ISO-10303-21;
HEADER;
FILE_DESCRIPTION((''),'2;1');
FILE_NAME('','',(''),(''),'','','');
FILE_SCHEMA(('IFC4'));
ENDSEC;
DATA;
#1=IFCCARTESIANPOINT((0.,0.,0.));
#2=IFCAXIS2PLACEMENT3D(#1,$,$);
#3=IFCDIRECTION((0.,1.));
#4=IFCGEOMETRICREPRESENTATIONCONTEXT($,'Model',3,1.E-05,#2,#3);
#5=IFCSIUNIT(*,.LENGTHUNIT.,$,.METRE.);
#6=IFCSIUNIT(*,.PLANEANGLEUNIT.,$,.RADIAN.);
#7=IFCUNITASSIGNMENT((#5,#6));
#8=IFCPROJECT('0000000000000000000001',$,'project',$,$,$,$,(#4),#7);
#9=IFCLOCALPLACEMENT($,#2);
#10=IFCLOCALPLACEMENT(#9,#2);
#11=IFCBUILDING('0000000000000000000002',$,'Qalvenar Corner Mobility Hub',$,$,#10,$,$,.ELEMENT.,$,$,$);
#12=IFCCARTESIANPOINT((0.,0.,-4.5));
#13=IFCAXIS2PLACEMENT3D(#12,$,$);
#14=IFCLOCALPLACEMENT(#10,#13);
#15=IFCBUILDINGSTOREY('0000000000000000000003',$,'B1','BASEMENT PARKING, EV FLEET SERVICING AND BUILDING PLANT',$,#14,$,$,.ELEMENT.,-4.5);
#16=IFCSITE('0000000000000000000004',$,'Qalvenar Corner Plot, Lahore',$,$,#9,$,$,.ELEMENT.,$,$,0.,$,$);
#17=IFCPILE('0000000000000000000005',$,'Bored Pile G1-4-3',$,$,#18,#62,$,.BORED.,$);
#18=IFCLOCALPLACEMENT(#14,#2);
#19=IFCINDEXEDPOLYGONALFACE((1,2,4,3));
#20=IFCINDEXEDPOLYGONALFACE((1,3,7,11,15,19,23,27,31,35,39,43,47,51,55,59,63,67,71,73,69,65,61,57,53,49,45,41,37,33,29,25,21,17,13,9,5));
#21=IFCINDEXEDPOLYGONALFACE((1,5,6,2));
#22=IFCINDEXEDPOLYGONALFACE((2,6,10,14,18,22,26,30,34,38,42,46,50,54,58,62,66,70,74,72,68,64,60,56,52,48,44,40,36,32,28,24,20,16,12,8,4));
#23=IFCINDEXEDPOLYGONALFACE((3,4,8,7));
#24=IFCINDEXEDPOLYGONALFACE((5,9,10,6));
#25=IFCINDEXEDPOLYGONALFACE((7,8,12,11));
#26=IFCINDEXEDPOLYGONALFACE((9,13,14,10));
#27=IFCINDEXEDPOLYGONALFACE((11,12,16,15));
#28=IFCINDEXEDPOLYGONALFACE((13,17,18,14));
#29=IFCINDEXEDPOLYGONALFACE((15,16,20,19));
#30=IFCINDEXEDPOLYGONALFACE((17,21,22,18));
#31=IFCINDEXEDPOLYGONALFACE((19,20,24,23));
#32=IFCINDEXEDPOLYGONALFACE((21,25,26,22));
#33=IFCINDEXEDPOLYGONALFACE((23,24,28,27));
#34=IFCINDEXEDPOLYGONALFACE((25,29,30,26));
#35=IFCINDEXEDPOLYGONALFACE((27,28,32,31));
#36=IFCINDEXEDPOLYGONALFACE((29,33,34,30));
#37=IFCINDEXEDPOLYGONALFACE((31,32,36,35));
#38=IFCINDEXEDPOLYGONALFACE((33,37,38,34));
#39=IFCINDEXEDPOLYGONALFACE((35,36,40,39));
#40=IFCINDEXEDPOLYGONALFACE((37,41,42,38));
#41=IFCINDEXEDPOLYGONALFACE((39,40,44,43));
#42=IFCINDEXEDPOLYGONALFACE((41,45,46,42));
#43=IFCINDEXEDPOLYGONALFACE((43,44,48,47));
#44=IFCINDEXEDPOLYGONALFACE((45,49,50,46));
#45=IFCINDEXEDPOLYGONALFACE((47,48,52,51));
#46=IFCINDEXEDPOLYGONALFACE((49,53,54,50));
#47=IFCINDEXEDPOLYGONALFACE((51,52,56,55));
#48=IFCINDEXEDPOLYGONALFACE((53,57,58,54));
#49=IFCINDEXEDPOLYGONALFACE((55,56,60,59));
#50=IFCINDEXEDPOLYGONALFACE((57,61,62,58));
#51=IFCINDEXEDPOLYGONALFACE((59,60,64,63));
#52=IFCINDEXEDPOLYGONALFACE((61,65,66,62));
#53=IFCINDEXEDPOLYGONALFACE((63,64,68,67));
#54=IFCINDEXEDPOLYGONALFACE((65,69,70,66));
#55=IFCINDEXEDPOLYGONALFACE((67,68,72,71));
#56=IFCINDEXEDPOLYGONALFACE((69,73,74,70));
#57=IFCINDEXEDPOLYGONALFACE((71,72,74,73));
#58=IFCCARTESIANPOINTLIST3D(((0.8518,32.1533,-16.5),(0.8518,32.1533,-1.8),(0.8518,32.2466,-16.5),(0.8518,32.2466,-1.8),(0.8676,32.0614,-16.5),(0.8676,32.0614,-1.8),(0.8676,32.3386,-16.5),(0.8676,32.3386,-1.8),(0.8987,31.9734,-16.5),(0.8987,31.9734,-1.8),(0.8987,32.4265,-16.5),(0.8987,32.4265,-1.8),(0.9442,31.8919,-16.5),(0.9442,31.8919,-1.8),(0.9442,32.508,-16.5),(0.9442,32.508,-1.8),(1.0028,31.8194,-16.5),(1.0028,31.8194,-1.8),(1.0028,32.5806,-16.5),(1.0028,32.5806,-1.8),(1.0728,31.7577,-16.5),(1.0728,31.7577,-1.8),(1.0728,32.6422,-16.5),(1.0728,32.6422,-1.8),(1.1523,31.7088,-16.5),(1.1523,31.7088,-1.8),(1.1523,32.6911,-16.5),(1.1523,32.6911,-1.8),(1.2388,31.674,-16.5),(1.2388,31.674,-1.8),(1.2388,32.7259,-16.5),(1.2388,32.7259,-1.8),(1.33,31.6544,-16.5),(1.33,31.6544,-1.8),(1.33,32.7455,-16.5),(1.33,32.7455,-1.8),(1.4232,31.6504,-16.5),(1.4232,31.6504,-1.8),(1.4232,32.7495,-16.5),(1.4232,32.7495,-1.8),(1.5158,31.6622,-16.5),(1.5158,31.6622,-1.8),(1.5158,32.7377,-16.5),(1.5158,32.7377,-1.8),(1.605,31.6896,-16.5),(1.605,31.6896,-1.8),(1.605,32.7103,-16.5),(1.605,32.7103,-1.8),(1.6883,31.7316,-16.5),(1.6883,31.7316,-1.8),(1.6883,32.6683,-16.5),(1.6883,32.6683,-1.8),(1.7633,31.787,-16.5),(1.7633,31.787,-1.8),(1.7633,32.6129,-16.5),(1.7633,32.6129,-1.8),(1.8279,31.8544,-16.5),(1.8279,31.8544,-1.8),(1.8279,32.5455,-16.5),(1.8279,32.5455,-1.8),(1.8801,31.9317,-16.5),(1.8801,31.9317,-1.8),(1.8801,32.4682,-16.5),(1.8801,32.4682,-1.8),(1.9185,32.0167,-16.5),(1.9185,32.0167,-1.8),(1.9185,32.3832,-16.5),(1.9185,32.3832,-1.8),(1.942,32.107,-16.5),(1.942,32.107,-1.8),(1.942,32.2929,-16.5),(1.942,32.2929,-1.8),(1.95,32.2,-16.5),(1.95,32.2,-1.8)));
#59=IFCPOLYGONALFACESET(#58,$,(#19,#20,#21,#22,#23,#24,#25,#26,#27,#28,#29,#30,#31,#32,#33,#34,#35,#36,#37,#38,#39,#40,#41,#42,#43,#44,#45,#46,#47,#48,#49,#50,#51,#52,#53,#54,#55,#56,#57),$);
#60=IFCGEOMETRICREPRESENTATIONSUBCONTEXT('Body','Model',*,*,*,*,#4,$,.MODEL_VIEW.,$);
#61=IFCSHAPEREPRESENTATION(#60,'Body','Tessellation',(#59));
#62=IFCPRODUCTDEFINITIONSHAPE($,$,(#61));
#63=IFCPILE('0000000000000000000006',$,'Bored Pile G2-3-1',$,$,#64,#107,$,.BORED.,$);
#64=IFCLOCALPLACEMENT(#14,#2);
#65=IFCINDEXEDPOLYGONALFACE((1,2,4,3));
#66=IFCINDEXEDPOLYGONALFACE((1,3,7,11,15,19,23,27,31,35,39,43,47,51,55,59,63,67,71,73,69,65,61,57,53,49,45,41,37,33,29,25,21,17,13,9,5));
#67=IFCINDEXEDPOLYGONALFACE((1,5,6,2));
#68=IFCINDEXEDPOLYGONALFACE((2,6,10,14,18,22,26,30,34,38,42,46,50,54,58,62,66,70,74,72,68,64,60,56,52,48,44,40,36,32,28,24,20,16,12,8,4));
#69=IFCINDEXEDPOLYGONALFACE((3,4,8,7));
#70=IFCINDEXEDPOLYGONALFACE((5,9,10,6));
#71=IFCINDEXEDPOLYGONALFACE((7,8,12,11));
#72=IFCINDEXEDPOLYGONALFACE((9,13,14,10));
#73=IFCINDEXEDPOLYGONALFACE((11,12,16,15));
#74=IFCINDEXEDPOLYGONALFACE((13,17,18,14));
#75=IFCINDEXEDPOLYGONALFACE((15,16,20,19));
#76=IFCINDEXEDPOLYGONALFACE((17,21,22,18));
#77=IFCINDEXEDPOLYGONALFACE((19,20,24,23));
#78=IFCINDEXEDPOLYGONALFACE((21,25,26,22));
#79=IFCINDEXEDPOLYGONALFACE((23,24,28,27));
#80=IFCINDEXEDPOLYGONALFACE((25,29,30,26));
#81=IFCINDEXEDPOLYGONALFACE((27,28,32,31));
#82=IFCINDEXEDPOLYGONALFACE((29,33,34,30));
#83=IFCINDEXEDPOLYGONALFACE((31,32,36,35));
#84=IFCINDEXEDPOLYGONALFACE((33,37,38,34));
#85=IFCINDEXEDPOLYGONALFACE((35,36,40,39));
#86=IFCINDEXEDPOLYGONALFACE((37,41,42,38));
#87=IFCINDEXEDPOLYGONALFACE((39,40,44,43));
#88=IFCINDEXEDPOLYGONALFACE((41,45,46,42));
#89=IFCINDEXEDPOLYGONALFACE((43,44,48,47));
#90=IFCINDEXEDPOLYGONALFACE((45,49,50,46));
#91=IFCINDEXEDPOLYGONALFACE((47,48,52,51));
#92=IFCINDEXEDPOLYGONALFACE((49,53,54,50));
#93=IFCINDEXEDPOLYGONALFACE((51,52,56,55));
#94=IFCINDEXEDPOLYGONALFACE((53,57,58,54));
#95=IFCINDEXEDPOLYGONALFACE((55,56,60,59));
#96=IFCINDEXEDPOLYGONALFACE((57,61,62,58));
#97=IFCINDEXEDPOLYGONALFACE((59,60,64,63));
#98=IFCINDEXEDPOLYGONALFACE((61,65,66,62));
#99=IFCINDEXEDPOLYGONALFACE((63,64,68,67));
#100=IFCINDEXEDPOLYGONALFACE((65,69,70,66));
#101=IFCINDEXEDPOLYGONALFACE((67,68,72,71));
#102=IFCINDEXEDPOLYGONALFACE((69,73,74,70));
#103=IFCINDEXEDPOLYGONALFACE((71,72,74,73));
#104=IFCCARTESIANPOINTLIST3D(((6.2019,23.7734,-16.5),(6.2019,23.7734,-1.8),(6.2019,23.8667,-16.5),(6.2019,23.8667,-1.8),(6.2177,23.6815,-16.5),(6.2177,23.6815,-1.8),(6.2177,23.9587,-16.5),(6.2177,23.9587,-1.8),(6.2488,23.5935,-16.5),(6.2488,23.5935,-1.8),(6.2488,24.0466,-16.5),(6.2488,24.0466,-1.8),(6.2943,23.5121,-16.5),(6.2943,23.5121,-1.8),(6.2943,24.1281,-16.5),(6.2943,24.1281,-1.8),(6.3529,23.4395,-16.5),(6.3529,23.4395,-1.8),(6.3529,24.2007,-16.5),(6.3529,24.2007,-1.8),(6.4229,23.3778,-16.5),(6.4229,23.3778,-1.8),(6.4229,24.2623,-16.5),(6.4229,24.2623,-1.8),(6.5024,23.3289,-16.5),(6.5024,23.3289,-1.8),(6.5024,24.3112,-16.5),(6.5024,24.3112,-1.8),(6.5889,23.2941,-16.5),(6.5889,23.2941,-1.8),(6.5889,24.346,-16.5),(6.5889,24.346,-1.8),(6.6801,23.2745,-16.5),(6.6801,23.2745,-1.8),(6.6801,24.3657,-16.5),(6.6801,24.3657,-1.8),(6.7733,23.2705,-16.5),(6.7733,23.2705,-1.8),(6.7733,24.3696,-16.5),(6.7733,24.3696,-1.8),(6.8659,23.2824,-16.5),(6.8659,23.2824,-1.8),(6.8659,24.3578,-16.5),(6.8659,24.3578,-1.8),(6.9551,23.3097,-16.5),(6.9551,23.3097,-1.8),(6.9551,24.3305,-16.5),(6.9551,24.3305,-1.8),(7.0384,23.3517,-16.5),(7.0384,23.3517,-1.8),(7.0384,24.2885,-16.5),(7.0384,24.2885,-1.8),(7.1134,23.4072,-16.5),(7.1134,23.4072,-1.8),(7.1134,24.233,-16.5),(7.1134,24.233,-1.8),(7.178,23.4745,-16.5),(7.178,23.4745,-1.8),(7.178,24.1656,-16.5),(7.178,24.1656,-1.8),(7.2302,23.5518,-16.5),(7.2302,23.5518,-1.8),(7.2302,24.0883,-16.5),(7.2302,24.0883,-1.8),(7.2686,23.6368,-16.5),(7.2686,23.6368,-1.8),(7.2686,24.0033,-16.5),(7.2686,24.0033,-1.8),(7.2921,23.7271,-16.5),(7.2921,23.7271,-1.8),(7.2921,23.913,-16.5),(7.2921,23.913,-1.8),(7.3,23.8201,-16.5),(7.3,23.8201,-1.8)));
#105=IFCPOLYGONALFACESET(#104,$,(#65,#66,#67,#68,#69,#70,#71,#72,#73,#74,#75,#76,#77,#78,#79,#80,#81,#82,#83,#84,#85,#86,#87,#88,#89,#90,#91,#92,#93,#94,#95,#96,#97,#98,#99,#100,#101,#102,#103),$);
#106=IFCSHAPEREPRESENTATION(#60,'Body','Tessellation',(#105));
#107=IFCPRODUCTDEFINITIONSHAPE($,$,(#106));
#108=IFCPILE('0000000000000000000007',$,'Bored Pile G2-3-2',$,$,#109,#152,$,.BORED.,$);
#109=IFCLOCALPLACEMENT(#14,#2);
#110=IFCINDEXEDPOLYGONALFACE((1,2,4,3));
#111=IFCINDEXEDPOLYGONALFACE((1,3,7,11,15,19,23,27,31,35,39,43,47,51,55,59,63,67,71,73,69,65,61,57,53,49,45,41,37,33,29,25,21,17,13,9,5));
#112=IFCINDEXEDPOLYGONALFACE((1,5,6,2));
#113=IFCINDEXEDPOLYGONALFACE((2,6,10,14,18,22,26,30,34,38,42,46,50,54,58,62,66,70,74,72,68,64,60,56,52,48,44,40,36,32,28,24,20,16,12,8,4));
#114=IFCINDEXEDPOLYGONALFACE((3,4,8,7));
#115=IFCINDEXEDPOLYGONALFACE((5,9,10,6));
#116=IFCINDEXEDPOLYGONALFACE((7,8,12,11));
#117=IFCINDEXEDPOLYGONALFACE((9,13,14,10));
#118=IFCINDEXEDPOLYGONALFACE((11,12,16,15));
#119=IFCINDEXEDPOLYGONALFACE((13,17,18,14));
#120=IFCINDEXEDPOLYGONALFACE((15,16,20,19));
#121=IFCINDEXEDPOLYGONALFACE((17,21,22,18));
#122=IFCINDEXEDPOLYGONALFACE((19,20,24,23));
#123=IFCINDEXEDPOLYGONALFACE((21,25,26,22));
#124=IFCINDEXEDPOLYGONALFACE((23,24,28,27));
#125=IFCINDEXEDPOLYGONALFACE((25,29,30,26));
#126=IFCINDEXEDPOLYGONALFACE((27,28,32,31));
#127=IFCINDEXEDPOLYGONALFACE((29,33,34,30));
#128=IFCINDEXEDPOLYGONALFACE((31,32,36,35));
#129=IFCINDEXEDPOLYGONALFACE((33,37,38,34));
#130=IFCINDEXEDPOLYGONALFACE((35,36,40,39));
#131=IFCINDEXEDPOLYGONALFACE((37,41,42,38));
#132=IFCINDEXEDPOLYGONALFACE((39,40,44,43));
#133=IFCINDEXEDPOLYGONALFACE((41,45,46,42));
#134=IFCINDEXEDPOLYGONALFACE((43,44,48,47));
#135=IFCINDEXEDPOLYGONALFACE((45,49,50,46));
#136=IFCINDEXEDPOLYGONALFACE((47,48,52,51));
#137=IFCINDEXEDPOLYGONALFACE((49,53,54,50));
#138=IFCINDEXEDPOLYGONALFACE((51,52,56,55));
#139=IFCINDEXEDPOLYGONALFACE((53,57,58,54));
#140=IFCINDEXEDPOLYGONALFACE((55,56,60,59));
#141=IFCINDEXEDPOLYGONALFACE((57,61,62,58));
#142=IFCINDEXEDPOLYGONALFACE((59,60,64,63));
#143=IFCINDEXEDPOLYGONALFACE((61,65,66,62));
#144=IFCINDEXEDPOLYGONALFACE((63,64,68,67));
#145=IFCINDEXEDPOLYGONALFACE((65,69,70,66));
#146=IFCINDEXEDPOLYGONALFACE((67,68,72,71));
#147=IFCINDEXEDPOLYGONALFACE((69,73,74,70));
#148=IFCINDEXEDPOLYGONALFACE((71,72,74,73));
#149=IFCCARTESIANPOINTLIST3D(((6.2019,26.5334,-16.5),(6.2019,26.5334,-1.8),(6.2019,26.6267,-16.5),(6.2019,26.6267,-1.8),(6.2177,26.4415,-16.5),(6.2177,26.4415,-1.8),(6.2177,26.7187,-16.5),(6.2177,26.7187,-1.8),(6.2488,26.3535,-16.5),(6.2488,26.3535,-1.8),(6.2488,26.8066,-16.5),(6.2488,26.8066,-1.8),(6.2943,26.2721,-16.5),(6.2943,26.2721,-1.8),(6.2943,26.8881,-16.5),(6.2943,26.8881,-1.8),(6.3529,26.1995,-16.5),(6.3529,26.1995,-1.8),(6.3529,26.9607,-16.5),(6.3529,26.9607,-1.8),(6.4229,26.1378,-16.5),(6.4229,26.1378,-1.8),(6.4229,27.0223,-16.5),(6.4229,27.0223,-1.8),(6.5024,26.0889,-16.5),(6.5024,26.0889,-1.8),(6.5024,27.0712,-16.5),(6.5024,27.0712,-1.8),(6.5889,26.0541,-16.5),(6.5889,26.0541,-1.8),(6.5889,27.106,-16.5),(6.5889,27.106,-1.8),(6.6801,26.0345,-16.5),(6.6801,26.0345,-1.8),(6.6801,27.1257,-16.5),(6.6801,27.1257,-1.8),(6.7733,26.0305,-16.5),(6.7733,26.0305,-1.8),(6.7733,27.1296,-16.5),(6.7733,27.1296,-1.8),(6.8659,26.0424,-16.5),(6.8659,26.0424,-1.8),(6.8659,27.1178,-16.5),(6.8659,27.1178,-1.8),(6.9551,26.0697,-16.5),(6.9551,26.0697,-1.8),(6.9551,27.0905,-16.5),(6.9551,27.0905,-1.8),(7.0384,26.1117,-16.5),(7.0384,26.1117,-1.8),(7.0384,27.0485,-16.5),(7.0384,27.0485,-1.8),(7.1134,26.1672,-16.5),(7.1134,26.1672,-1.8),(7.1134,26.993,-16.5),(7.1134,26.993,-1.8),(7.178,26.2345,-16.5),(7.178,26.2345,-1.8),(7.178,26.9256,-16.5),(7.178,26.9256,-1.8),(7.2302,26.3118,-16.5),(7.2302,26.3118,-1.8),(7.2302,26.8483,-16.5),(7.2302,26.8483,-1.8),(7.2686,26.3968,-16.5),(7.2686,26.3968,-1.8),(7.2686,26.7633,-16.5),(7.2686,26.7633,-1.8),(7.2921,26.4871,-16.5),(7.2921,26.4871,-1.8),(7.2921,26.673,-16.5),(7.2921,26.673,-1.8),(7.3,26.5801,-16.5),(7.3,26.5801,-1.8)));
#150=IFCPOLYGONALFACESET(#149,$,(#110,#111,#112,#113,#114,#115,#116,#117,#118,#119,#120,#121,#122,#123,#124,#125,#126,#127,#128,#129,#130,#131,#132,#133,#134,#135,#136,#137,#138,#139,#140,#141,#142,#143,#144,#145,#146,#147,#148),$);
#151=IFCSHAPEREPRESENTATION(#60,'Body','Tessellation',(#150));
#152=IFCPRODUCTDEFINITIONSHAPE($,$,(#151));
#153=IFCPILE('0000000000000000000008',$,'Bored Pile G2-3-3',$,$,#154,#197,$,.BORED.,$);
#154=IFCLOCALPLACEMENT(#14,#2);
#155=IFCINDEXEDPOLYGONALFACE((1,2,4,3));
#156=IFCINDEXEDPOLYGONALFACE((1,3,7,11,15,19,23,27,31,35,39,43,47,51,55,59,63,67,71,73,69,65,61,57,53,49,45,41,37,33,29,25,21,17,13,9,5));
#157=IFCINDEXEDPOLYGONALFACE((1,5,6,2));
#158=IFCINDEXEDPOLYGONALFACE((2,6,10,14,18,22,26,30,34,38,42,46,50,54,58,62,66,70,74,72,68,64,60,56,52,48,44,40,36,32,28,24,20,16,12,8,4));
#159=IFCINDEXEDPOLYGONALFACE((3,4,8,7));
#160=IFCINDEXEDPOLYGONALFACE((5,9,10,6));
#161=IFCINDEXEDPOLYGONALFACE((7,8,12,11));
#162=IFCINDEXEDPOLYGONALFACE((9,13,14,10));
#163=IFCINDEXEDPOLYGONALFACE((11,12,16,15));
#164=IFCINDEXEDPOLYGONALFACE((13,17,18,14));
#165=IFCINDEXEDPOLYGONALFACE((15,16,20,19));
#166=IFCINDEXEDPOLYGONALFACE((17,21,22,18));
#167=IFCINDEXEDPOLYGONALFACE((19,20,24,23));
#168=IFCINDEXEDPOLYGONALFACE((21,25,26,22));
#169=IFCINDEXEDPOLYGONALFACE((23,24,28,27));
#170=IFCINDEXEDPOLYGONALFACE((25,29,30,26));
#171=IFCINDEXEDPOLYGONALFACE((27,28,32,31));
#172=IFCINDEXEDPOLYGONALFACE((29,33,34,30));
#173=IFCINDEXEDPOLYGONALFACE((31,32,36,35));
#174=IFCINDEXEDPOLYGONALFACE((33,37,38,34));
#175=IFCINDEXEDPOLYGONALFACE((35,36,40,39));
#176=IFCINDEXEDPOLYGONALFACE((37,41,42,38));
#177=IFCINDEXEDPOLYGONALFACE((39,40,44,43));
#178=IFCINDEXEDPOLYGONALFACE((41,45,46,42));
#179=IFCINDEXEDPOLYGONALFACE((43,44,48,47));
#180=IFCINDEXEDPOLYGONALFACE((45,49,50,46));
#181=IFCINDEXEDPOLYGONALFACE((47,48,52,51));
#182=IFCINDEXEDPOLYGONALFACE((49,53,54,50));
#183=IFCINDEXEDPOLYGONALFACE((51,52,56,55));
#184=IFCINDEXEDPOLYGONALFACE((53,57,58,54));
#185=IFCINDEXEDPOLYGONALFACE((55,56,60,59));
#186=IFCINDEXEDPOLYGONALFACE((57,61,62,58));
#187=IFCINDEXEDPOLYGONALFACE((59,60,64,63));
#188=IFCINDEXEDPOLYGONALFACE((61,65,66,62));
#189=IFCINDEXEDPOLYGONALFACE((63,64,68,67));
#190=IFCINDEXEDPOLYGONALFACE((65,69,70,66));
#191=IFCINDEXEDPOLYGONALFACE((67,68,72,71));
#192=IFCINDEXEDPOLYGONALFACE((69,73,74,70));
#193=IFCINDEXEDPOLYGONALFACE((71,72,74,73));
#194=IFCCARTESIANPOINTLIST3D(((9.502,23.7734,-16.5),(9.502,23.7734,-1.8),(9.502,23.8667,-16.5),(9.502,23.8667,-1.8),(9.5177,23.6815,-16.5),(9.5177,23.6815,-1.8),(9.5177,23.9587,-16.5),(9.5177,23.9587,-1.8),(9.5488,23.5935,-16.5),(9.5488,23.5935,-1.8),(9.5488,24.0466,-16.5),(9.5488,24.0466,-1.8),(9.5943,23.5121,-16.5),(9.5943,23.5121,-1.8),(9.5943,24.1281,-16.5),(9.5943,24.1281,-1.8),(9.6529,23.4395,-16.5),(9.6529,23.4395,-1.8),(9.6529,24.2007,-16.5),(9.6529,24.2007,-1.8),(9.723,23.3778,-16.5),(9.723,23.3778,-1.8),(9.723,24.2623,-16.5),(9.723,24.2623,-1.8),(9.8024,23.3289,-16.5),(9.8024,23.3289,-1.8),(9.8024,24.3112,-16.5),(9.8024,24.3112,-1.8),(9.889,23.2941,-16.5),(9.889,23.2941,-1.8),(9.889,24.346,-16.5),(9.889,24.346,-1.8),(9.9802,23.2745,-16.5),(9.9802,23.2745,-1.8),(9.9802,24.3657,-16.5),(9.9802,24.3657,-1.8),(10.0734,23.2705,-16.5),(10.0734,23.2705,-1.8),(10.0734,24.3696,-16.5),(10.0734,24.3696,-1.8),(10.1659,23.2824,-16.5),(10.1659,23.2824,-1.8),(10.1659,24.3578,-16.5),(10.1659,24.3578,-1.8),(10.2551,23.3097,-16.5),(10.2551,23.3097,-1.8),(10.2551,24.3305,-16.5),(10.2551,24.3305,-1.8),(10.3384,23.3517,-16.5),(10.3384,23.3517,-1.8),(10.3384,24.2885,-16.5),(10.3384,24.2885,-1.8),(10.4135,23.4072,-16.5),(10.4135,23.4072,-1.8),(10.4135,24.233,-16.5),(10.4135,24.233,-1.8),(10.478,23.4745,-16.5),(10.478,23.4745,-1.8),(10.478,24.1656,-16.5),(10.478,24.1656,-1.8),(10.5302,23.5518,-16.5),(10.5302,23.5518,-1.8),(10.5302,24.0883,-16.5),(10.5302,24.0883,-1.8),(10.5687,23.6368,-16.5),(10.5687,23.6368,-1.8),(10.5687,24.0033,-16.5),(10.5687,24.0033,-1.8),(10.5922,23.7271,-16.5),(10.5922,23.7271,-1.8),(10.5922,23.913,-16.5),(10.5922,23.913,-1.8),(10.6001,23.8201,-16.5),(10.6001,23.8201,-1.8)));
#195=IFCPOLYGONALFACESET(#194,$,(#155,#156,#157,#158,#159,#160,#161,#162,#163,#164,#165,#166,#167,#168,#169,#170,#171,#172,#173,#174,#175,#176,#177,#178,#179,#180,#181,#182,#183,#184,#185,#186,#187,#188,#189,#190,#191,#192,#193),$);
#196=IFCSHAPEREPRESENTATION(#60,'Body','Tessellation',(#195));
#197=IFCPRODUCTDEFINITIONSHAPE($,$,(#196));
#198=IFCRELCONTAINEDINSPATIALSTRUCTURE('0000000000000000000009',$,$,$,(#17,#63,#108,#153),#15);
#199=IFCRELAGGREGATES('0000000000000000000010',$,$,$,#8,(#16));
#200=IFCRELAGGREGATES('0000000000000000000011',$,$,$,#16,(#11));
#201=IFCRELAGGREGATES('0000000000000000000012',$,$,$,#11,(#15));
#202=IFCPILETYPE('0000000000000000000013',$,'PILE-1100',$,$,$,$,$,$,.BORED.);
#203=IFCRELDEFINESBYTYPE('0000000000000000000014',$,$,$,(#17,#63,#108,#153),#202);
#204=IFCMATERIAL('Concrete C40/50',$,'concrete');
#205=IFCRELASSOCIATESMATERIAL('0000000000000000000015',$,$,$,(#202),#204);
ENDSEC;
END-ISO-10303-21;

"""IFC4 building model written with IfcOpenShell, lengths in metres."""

from ifc_helpers import new_model, si_unit, direction, frame, origin, origin_2d, place, context, subcontext, project, spatial, circle, extrude, material, material_profile, profile_set, type_object, element, save


model = new_model("IFC4")

# Units and contexts
model_context = context("Model", 3, precision=1e-05, world=origin(), true_north=direction((0.0, 1.0)))
body_context = subcontext(model_context, "Body", "Model", "MODEL_VIEW")
ifc_project = project(units=[si_unit("LENGTHUNIT", "METRE"), si_unit("PLANEANGLEUNIT", "RADIAN")], contexts=[model_context])

# Site, building, storey
site_placement = place(None, origin())
site = spatial("IfcSite", under=ifc_project, at=site_placement, Name="Qalvenar Corner Plot, Lahore", CompositionType="ELEMENT", RefElevation=0.0)
building_placement = place(site_placement, origin())
building = spatial("IfcBuilding", under=site, at=building_placement, Name="Qalvenar Corner Mobility Hub", CompositionType="ELEMENT")
storey_placement = place(building_placement, frame((0.0, 0.0, -4.5)))
storey = spatial("IfcBuildingStorey", under=building, at=storey_placement, Name="B1", Description="BASEMENT PARKING, EV FLEET SERVICING AND BUILDING PLANT", CompositionType="ELEMENT", Elevation=-4.5)

# Shared definitions
ifc_material_1 = material(Name="Concrete C40/50", Category="concrete")

# Piles
ifc_material_profile_1 = material_profile(ifc_material_1, circle(Radius=0.55, at=origin_2d()), Name="DIA1100")
ifc_profile_set_1 = profile_set([ifc_material_profile_1], Name="Concrete C40/50")
pile_type = type_object("IfcPileType", Name="PILE-1100", PredefinedType="BORED", material=ifc_profile_set_1)
for number, where, z_axis, x_axis, name in (
    (1, (1.3999, 32.2, -1.8), (0.0, 0.0, -1.0), (1.0, 0.0, 0.0), "Bored Pile G1-4-3"),
    (2, (6.75, 23.8201, -1.8), (0.0, 0.0, -1.0), (1.0, 0.0, 0.0), "Bored Pile G2-3-1"),
    (3, (6.75, 26.5801, -1.8), (0.0, 0.0, -1.0), (1.0, 0.0, 0.0), "Bored Pile G2-3-2"),
    (4, (10.05, 23.8201, -1.8), (0.0, 0.0, -1.0), (1.0, 0.0, 0.0), "Bored Pile G2-3-3"),
):
    element("IfcPile", number, at=place(storey_placement, frame(where, z_axis=z_axis, x_axis=x_axis)), inside=storey, type_object=pile_type, Name=name, PredefinedType="BORED", context=body_context, shape_type="SweptSolid", body=[
        extrude(circle(Radius=0.55, at=origin_2d()), origin(), (0.0, 0.0, 1.0), 14.7),
    ])

save(model, "model.ifc")
